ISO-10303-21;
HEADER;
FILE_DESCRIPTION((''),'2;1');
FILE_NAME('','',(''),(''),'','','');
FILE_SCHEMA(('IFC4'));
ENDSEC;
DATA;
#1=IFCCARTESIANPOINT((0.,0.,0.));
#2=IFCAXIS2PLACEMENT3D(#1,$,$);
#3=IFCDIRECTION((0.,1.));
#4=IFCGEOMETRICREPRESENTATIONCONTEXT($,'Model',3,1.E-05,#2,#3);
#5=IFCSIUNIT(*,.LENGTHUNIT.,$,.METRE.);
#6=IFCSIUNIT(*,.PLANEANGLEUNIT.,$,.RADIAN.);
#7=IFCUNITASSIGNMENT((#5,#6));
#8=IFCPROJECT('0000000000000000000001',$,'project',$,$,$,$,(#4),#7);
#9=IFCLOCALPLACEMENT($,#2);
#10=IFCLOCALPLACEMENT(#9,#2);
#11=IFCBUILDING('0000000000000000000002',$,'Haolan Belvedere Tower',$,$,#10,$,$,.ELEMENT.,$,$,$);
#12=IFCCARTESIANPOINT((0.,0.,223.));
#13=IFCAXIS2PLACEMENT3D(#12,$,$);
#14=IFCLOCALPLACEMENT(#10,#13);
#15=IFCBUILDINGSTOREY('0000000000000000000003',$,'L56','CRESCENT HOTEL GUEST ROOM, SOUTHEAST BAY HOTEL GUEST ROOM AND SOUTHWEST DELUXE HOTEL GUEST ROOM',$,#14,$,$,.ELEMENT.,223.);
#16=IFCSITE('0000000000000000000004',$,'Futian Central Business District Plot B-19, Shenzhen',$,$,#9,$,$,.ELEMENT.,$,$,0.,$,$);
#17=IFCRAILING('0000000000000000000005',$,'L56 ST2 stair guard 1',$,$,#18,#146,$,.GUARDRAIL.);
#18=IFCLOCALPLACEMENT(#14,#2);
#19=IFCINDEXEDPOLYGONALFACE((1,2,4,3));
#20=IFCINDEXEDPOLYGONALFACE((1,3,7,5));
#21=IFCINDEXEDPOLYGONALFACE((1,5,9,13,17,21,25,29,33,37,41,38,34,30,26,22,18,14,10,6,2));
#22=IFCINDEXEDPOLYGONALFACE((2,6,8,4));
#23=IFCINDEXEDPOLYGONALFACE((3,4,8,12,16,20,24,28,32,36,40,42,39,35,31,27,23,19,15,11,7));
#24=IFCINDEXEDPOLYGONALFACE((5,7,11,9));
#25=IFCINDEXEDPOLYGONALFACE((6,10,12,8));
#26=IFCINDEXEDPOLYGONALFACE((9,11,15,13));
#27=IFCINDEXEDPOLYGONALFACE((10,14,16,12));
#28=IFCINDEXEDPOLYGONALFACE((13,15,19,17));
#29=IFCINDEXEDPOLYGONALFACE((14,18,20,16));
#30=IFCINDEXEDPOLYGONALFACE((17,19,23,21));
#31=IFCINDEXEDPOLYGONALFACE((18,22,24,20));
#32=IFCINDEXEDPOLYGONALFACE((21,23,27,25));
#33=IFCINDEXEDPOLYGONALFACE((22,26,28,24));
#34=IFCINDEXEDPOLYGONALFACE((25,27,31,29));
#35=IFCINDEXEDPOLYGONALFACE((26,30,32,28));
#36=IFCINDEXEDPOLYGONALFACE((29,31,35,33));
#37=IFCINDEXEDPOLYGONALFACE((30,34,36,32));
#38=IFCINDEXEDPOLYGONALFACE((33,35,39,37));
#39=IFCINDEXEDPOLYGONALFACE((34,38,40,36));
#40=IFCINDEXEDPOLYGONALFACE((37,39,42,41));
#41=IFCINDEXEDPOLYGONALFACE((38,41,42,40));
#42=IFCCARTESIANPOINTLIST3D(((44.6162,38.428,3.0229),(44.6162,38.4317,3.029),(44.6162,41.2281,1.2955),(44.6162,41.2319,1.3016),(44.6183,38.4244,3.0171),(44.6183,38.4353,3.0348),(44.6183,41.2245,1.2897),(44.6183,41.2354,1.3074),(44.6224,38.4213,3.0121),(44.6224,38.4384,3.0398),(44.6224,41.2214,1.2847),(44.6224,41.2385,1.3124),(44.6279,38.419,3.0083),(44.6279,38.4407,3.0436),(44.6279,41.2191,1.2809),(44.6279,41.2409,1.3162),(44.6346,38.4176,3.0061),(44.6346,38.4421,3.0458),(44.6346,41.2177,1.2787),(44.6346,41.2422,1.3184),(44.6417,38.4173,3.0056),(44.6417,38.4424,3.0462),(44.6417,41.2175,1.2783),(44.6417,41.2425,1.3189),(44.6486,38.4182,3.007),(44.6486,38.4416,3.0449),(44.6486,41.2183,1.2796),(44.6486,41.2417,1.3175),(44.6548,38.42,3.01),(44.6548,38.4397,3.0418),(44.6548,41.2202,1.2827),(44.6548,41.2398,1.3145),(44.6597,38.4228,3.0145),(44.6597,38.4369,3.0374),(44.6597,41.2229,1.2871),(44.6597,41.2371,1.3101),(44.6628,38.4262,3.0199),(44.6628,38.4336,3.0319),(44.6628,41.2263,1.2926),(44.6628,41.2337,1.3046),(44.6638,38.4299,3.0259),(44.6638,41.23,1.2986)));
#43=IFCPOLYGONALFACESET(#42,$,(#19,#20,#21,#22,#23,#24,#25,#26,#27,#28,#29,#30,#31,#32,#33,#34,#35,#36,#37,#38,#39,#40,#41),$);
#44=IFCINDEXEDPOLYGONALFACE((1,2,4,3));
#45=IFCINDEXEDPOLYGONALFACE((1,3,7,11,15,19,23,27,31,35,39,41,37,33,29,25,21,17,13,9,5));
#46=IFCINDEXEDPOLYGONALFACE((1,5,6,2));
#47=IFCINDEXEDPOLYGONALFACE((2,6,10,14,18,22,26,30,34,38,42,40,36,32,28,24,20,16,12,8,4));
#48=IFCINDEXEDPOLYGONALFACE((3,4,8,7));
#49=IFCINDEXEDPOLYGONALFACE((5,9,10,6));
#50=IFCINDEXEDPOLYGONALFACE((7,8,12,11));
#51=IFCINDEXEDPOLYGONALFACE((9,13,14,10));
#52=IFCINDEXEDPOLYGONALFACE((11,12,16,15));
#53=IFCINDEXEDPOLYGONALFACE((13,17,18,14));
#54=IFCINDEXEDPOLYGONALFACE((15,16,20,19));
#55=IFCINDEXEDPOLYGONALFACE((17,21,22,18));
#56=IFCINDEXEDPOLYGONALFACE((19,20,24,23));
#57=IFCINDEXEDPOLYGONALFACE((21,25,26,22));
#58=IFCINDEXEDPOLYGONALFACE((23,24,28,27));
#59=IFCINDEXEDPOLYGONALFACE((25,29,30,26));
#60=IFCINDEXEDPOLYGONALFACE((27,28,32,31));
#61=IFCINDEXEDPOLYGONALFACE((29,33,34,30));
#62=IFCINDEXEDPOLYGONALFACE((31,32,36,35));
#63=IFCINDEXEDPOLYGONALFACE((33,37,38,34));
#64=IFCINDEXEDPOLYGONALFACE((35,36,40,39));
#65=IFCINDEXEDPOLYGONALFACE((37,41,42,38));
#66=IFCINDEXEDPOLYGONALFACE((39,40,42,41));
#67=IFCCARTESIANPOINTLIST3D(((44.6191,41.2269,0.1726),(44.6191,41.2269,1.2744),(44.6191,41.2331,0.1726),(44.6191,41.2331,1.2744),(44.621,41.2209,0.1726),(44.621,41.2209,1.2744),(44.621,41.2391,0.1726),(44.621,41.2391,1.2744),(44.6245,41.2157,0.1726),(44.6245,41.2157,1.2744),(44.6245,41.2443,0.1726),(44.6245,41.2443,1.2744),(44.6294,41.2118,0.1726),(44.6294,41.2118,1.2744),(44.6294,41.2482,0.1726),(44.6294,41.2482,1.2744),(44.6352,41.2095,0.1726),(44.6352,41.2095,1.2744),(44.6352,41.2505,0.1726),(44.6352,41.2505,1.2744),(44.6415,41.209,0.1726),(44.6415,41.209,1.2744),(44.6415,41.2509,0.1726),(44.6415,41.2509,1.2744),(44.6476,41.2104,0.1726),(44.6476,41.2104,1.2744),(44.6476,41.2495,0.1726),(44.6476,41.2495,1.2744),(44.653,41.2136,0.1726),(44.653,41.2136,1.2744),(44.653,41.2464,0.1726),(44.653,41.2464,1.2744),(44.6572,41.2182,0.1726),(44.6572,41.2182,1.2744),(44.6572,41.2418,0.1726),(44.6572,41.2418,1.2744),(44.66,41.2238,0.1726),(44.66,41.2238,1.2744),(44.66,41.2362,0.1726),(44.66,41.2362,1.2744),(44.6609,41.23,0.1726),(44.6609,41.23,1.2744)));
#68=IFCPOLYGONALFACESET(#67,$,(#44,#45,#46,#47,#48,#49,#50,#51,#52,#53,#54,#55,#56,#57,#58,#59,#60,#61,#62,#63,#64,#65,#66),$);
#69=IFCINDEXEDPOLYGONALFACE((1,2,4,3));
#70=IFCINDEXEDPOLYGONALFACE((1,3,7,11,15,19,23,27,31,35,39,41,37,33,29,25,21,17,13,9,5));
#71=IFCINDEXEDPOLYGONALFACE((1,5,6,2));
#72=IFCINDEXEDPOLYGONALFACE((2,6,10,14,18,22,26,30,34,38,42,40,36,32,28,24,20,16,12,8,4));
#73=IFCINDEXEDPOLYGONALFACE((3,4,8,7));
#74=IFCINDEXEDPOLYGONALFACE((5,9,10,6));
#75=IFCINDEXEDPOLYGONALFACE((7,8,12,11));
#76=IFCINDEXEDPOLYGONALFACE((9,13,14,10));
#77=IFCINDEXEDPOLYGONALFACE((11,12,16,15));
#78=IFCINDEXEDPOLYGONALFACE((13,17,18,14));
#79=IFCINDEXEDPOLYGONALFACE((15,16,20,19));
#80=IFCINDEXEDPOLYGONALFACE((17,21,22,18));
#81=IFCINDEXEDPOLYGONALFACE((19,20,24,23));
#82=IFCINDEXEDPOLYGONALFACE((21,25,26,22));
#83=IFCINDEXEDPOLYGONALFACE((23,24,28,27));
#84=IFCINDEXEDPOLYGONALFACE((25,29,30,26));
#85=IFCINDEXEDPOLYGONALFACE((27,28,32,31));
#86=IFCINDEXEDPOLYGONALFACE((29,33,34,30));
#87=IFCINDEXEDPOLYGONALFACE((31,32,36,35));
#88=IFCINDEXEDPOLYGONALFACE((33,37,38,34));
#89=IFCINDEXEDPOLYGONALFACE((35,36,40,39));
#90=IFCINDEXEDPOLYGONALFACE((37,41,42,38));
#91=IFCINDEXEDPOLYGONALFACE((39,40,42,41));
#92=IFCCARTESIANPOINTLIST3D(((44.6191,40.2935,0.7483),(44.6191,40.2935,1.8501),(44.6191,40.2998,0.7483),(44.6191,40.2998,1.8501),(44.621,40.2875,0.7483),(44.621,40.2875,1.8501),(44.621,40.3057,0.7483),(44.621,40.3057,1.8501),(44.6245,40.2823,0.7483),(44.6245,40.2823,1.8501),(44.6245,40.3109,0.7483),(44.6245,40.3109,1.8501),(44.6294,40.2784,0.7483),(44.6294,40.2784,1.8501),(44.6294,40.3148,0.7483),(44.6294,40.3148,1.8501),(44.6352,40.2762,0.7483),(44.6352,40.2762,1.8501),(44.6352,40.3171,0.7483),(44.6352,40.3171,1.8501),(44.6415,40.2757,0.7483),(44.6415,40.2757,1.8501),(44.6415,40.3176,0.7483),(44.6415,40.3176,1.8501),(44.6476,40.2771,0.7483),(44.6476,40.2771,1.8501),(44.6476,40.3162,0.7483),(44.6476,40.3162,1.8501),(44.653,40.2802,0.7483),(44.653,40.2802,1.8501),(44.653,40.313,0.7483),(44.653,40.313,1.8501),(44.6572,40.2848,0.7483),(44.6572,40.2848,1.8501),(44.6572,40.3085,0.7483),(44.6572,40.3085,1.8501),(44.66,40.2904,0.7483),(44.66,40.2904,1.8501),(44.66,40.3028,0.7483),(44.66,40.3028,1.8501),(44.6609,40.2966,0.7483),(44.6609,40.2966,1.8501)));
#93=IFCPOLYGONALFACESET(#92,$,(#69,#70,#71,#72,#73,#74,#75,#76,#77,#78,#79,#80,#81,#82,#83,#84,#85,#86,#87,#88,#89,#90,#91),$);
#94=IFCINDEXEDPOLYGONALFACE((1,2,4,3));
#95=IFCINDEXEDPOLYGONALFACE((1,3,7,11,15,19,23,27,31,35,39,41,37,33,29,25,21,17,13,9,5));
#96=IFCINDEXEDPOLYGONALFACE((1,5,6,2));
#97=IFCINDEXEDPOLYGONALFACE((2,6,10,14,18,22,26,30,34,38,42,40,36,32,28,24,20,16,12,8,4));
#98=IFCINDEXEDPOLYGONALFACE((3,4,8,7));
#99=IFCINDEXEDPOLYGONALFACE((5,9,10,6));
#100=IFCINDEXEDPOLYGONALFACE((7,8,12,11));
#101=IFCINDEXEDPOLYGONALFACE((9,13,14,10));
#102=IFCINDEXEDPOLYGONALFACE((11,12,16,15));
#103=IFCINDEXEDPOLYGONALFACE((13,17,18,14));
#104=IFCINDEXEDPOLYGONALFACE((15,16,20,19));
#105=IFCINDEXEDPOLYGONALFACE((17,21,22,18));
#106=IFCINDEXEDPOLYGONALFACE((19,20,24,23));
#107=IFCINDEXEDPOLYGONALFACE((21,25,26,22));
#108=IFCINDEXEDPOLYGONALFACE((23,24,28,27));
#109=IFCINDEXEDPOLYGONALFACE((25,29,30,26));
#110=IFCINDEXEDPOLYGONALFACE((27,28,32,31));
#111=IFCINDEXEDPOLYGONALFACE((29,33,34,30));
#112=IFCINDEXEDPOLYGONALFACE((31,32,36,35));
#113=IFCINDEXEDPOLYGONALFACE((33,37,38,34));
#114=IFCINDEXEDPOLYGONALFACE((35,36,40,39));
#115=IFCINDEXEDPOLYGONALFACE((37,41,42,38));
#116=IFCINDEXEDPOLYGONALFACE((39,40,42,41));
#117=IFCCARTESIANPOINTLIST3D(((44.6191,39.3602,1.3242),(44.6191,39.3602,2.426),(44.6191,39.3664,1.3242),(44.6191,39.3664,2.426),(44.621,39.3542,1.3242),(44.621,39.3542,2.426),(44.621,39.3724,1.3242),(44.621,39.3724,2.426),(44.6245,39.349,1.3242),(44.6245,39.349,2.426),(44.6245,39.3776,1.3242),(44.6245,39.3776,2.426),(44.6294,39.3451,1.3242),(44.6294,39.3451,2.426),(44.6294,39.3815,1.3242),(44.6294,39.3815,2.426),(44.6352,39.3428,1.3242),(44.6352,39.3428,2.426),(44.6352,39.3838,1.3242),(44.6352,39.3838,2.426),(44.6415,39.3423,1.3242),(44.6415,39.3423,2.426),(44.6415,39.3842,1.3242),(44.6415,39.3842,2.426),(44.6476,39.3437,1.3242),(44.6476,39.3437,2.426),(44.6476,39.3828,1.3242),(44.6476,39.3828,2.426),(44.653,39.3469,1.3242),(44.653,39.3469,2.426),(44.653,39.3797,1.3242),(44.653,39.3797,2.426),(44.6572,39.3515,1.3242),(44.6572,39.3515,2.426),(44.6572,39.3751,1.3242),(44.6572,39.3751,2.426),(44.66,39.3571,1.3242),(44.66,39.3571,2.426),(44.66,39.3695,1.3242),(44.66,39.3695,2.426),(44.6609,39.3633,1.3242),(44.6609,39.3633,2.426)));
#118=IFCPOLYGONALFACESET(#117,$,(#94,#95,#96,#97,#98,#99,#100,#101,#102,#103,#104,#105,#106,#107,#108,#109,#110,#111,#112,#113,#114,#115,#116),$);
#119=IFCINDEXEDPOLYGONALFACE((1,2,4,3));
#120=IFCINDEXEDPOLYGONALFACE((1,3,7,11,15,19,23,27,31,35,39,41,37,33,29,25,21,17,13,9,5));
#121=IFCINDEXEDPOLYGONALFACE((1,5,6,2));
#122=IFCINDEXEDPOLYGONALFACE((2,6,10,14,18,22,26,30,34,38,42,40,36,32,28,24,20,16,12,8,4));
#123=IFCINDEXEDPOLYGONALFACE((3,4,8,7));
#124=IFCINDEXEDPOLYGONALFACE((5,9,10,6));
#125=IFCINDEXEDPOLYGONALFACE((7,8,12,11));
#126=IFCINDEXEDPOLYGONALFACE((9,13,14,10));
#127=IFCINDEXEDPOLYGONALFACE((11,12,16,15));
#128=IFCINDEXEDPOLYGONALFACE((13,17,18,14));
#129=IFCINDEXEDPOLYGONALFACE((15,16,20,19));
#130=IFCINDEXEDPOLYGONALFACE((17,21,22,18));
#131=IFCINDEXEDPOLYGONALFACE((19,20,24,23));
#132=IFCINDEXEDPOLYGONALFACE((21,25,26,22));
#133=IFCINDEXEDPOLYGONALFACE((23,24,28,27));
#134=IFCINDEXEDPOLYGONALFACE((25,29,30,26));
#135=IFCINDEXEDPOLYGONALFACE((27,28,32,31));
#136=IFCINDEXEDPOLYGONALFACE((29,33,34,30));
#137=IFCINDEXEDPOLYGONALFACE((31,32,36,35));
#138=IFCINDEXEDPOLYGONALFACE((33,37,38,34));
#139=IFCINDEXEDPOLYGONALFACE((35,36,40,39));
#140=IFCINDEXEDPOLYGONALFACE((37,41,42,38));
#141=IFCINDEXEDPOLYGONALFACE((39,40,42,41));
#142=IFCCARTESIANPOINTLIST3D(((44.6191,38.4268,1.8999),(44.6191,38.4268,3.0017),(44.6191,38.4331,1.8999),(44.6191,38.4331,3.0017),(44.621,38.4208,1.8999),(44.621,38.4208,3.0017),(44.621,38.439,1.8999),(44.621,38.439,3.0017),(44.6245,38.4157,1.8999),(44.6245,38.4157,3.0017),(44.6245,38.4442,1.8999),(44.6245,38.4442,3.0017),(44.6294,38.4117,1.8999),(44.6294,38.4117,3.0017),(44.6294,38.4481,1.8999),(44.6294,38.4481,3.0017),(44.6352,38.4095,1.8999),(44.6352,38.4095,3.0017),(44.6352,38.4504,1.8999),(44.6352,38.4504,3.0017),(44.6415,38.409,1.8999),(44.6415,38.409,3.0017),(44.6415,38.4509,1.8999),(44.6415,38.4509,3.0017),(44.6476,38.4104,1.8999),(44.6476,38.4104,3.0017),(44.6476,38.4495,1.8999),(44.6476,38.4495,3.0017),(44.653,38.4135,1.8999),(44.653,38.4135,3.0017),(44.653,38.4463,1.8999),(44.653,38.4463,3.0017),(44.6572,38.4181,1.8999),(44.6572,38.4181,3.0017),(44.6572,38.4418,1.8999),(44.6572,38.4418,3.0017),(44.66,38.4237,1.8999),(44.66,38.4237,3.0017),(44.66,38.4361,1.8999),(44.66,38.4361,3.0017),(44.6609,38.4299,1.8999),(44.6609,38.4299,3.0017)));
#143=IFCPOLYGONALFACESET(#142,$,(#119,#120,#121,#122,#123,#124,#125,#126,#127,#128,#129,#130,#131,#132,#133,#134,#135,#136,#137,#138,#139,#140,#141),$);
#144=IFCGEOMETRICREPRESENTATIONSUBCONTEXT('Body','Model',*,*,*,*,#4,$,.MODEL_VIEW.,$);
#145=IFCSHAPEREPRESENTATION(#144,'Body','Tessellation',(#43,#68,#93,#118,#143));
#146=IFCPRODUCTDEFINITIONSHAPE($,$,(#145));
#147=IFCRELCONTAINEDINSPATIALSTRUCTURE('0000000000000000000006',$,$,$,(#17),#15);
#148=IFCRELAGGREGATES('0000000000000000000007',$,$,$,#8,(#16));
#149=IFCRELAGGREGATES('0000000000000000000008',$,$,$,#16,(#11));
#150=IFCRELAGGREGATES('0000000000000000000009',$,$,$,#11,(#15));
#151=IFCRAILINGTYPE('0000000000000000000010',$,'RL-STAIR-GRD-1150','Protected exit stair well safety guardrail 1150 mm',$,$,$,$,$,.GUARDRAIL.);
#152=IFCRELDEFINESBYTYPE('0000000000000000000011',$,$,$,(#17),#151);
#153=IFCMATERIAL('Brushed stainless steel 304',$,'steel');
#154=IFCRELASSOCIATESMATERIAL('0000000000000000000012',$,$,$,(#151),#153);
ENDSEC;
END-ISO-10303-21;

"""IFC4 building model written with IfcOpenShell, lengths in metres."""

from ifc_helpers import new_model, si_unit, direction, frame, origin, origin_2d, place, context, subcontext, project, spatial, circle, extrude, material, type_object, element, save


model = new_model("IFC4")

# Units and contexts
model_context = context("Model", 3, precision=1e-05, world=origin(), true_north=direction((0.0, 1.0)))
body_context = subcontext(model_context, "Body", "Model", "MODEL_VIEW")
ifc_project = project(units=[si_unit("LENGTHUNIT", "METRE"), si_unit("PLANEANGLEUNIT", "RADIAN")], contexts=[model_context])

# Site, building, storey
site_placement = place(None, origin())
site = spatial("IfcSite", under=ifc_project, at=site_placement, Name="Futian Central Business District Plot B-19, Shenzhen", CompositionType="ELEMENT", RefElevation=0.0)
building_placement = place(site_placement, origin())
building = spatial("IfcBuilding", under=site, at=building_placement, Name="Haolan Belvedere Tower", CompositionType="ELEMENT")
storey_placement = place(building_placement, frame((0.0, 0.0, 223.0)))
storey = spatial("IfcBuildingStorey", under=building, at=storey_placement, Name="L56", Description="CRESCENT HOTEL GUEST ROOM, SOUTHEAST BAY HOTEL GUEST ROOM AND SOUTHWEST DELUXE HOTEL GUEST ROOM", CompositionType="ELEMENT", Elevation=223.0)

# Railing
ifc_material_1 = material(Name="Brushed stainless steel 304", Category="steel")
railing_type_1 = type_object("IfcRailingType", Name="RL-STAIR-GRD-1150", Description="Protected exit stair well safety guardrail 1150 mm", PredefinedType="GUARDRAIL", material=ifc_material_1)
railing_1_placement = place(storey_placement, frame((44.6399, 41.23, 0.1726)))
element("IfcRailing", 1, at=railing_1_placement, inside=storey, type_object=railing_type_1, Name="L56 ST2 stair guard 1", PredefinedType="GUARDRAIL", context=body_context, shape_type="SweptSolid", body=[
    extrude(circle(Radius=0.0239, at=origin_2d()), frame((0.0, 0.0, 1.126), z_axis=(0.0, -0.85109, 0.52502), x_axis=(1.0, 0.0, 0.0)), (0.0, 0.0, 1.0), 3.29),
    extrude(circle(Radius=0.021, at=origin_2d()), origin(), (0.0, 0.0, 1.0), 1.1018),
    extrude(circle(Radius=0.021, at=origin_2d()), frame((0.0, -0.9333, 0.5757)), (0.0, 0.0, 1.0), 1.1018),
    extrude(circle(Radius=0.021, at=origin_2d()), frame((0.0, -1.8667, 1.1516)), (0.0, 0.0, 1.0), 1.1018),
    extrude(circle(Radius=0.021, at=origin_2d()), frame((0.0, -2.8, 1.7273)), (0.0, 0.0, 1.0), 1.1018),
])

save(model, "model.ifc")
